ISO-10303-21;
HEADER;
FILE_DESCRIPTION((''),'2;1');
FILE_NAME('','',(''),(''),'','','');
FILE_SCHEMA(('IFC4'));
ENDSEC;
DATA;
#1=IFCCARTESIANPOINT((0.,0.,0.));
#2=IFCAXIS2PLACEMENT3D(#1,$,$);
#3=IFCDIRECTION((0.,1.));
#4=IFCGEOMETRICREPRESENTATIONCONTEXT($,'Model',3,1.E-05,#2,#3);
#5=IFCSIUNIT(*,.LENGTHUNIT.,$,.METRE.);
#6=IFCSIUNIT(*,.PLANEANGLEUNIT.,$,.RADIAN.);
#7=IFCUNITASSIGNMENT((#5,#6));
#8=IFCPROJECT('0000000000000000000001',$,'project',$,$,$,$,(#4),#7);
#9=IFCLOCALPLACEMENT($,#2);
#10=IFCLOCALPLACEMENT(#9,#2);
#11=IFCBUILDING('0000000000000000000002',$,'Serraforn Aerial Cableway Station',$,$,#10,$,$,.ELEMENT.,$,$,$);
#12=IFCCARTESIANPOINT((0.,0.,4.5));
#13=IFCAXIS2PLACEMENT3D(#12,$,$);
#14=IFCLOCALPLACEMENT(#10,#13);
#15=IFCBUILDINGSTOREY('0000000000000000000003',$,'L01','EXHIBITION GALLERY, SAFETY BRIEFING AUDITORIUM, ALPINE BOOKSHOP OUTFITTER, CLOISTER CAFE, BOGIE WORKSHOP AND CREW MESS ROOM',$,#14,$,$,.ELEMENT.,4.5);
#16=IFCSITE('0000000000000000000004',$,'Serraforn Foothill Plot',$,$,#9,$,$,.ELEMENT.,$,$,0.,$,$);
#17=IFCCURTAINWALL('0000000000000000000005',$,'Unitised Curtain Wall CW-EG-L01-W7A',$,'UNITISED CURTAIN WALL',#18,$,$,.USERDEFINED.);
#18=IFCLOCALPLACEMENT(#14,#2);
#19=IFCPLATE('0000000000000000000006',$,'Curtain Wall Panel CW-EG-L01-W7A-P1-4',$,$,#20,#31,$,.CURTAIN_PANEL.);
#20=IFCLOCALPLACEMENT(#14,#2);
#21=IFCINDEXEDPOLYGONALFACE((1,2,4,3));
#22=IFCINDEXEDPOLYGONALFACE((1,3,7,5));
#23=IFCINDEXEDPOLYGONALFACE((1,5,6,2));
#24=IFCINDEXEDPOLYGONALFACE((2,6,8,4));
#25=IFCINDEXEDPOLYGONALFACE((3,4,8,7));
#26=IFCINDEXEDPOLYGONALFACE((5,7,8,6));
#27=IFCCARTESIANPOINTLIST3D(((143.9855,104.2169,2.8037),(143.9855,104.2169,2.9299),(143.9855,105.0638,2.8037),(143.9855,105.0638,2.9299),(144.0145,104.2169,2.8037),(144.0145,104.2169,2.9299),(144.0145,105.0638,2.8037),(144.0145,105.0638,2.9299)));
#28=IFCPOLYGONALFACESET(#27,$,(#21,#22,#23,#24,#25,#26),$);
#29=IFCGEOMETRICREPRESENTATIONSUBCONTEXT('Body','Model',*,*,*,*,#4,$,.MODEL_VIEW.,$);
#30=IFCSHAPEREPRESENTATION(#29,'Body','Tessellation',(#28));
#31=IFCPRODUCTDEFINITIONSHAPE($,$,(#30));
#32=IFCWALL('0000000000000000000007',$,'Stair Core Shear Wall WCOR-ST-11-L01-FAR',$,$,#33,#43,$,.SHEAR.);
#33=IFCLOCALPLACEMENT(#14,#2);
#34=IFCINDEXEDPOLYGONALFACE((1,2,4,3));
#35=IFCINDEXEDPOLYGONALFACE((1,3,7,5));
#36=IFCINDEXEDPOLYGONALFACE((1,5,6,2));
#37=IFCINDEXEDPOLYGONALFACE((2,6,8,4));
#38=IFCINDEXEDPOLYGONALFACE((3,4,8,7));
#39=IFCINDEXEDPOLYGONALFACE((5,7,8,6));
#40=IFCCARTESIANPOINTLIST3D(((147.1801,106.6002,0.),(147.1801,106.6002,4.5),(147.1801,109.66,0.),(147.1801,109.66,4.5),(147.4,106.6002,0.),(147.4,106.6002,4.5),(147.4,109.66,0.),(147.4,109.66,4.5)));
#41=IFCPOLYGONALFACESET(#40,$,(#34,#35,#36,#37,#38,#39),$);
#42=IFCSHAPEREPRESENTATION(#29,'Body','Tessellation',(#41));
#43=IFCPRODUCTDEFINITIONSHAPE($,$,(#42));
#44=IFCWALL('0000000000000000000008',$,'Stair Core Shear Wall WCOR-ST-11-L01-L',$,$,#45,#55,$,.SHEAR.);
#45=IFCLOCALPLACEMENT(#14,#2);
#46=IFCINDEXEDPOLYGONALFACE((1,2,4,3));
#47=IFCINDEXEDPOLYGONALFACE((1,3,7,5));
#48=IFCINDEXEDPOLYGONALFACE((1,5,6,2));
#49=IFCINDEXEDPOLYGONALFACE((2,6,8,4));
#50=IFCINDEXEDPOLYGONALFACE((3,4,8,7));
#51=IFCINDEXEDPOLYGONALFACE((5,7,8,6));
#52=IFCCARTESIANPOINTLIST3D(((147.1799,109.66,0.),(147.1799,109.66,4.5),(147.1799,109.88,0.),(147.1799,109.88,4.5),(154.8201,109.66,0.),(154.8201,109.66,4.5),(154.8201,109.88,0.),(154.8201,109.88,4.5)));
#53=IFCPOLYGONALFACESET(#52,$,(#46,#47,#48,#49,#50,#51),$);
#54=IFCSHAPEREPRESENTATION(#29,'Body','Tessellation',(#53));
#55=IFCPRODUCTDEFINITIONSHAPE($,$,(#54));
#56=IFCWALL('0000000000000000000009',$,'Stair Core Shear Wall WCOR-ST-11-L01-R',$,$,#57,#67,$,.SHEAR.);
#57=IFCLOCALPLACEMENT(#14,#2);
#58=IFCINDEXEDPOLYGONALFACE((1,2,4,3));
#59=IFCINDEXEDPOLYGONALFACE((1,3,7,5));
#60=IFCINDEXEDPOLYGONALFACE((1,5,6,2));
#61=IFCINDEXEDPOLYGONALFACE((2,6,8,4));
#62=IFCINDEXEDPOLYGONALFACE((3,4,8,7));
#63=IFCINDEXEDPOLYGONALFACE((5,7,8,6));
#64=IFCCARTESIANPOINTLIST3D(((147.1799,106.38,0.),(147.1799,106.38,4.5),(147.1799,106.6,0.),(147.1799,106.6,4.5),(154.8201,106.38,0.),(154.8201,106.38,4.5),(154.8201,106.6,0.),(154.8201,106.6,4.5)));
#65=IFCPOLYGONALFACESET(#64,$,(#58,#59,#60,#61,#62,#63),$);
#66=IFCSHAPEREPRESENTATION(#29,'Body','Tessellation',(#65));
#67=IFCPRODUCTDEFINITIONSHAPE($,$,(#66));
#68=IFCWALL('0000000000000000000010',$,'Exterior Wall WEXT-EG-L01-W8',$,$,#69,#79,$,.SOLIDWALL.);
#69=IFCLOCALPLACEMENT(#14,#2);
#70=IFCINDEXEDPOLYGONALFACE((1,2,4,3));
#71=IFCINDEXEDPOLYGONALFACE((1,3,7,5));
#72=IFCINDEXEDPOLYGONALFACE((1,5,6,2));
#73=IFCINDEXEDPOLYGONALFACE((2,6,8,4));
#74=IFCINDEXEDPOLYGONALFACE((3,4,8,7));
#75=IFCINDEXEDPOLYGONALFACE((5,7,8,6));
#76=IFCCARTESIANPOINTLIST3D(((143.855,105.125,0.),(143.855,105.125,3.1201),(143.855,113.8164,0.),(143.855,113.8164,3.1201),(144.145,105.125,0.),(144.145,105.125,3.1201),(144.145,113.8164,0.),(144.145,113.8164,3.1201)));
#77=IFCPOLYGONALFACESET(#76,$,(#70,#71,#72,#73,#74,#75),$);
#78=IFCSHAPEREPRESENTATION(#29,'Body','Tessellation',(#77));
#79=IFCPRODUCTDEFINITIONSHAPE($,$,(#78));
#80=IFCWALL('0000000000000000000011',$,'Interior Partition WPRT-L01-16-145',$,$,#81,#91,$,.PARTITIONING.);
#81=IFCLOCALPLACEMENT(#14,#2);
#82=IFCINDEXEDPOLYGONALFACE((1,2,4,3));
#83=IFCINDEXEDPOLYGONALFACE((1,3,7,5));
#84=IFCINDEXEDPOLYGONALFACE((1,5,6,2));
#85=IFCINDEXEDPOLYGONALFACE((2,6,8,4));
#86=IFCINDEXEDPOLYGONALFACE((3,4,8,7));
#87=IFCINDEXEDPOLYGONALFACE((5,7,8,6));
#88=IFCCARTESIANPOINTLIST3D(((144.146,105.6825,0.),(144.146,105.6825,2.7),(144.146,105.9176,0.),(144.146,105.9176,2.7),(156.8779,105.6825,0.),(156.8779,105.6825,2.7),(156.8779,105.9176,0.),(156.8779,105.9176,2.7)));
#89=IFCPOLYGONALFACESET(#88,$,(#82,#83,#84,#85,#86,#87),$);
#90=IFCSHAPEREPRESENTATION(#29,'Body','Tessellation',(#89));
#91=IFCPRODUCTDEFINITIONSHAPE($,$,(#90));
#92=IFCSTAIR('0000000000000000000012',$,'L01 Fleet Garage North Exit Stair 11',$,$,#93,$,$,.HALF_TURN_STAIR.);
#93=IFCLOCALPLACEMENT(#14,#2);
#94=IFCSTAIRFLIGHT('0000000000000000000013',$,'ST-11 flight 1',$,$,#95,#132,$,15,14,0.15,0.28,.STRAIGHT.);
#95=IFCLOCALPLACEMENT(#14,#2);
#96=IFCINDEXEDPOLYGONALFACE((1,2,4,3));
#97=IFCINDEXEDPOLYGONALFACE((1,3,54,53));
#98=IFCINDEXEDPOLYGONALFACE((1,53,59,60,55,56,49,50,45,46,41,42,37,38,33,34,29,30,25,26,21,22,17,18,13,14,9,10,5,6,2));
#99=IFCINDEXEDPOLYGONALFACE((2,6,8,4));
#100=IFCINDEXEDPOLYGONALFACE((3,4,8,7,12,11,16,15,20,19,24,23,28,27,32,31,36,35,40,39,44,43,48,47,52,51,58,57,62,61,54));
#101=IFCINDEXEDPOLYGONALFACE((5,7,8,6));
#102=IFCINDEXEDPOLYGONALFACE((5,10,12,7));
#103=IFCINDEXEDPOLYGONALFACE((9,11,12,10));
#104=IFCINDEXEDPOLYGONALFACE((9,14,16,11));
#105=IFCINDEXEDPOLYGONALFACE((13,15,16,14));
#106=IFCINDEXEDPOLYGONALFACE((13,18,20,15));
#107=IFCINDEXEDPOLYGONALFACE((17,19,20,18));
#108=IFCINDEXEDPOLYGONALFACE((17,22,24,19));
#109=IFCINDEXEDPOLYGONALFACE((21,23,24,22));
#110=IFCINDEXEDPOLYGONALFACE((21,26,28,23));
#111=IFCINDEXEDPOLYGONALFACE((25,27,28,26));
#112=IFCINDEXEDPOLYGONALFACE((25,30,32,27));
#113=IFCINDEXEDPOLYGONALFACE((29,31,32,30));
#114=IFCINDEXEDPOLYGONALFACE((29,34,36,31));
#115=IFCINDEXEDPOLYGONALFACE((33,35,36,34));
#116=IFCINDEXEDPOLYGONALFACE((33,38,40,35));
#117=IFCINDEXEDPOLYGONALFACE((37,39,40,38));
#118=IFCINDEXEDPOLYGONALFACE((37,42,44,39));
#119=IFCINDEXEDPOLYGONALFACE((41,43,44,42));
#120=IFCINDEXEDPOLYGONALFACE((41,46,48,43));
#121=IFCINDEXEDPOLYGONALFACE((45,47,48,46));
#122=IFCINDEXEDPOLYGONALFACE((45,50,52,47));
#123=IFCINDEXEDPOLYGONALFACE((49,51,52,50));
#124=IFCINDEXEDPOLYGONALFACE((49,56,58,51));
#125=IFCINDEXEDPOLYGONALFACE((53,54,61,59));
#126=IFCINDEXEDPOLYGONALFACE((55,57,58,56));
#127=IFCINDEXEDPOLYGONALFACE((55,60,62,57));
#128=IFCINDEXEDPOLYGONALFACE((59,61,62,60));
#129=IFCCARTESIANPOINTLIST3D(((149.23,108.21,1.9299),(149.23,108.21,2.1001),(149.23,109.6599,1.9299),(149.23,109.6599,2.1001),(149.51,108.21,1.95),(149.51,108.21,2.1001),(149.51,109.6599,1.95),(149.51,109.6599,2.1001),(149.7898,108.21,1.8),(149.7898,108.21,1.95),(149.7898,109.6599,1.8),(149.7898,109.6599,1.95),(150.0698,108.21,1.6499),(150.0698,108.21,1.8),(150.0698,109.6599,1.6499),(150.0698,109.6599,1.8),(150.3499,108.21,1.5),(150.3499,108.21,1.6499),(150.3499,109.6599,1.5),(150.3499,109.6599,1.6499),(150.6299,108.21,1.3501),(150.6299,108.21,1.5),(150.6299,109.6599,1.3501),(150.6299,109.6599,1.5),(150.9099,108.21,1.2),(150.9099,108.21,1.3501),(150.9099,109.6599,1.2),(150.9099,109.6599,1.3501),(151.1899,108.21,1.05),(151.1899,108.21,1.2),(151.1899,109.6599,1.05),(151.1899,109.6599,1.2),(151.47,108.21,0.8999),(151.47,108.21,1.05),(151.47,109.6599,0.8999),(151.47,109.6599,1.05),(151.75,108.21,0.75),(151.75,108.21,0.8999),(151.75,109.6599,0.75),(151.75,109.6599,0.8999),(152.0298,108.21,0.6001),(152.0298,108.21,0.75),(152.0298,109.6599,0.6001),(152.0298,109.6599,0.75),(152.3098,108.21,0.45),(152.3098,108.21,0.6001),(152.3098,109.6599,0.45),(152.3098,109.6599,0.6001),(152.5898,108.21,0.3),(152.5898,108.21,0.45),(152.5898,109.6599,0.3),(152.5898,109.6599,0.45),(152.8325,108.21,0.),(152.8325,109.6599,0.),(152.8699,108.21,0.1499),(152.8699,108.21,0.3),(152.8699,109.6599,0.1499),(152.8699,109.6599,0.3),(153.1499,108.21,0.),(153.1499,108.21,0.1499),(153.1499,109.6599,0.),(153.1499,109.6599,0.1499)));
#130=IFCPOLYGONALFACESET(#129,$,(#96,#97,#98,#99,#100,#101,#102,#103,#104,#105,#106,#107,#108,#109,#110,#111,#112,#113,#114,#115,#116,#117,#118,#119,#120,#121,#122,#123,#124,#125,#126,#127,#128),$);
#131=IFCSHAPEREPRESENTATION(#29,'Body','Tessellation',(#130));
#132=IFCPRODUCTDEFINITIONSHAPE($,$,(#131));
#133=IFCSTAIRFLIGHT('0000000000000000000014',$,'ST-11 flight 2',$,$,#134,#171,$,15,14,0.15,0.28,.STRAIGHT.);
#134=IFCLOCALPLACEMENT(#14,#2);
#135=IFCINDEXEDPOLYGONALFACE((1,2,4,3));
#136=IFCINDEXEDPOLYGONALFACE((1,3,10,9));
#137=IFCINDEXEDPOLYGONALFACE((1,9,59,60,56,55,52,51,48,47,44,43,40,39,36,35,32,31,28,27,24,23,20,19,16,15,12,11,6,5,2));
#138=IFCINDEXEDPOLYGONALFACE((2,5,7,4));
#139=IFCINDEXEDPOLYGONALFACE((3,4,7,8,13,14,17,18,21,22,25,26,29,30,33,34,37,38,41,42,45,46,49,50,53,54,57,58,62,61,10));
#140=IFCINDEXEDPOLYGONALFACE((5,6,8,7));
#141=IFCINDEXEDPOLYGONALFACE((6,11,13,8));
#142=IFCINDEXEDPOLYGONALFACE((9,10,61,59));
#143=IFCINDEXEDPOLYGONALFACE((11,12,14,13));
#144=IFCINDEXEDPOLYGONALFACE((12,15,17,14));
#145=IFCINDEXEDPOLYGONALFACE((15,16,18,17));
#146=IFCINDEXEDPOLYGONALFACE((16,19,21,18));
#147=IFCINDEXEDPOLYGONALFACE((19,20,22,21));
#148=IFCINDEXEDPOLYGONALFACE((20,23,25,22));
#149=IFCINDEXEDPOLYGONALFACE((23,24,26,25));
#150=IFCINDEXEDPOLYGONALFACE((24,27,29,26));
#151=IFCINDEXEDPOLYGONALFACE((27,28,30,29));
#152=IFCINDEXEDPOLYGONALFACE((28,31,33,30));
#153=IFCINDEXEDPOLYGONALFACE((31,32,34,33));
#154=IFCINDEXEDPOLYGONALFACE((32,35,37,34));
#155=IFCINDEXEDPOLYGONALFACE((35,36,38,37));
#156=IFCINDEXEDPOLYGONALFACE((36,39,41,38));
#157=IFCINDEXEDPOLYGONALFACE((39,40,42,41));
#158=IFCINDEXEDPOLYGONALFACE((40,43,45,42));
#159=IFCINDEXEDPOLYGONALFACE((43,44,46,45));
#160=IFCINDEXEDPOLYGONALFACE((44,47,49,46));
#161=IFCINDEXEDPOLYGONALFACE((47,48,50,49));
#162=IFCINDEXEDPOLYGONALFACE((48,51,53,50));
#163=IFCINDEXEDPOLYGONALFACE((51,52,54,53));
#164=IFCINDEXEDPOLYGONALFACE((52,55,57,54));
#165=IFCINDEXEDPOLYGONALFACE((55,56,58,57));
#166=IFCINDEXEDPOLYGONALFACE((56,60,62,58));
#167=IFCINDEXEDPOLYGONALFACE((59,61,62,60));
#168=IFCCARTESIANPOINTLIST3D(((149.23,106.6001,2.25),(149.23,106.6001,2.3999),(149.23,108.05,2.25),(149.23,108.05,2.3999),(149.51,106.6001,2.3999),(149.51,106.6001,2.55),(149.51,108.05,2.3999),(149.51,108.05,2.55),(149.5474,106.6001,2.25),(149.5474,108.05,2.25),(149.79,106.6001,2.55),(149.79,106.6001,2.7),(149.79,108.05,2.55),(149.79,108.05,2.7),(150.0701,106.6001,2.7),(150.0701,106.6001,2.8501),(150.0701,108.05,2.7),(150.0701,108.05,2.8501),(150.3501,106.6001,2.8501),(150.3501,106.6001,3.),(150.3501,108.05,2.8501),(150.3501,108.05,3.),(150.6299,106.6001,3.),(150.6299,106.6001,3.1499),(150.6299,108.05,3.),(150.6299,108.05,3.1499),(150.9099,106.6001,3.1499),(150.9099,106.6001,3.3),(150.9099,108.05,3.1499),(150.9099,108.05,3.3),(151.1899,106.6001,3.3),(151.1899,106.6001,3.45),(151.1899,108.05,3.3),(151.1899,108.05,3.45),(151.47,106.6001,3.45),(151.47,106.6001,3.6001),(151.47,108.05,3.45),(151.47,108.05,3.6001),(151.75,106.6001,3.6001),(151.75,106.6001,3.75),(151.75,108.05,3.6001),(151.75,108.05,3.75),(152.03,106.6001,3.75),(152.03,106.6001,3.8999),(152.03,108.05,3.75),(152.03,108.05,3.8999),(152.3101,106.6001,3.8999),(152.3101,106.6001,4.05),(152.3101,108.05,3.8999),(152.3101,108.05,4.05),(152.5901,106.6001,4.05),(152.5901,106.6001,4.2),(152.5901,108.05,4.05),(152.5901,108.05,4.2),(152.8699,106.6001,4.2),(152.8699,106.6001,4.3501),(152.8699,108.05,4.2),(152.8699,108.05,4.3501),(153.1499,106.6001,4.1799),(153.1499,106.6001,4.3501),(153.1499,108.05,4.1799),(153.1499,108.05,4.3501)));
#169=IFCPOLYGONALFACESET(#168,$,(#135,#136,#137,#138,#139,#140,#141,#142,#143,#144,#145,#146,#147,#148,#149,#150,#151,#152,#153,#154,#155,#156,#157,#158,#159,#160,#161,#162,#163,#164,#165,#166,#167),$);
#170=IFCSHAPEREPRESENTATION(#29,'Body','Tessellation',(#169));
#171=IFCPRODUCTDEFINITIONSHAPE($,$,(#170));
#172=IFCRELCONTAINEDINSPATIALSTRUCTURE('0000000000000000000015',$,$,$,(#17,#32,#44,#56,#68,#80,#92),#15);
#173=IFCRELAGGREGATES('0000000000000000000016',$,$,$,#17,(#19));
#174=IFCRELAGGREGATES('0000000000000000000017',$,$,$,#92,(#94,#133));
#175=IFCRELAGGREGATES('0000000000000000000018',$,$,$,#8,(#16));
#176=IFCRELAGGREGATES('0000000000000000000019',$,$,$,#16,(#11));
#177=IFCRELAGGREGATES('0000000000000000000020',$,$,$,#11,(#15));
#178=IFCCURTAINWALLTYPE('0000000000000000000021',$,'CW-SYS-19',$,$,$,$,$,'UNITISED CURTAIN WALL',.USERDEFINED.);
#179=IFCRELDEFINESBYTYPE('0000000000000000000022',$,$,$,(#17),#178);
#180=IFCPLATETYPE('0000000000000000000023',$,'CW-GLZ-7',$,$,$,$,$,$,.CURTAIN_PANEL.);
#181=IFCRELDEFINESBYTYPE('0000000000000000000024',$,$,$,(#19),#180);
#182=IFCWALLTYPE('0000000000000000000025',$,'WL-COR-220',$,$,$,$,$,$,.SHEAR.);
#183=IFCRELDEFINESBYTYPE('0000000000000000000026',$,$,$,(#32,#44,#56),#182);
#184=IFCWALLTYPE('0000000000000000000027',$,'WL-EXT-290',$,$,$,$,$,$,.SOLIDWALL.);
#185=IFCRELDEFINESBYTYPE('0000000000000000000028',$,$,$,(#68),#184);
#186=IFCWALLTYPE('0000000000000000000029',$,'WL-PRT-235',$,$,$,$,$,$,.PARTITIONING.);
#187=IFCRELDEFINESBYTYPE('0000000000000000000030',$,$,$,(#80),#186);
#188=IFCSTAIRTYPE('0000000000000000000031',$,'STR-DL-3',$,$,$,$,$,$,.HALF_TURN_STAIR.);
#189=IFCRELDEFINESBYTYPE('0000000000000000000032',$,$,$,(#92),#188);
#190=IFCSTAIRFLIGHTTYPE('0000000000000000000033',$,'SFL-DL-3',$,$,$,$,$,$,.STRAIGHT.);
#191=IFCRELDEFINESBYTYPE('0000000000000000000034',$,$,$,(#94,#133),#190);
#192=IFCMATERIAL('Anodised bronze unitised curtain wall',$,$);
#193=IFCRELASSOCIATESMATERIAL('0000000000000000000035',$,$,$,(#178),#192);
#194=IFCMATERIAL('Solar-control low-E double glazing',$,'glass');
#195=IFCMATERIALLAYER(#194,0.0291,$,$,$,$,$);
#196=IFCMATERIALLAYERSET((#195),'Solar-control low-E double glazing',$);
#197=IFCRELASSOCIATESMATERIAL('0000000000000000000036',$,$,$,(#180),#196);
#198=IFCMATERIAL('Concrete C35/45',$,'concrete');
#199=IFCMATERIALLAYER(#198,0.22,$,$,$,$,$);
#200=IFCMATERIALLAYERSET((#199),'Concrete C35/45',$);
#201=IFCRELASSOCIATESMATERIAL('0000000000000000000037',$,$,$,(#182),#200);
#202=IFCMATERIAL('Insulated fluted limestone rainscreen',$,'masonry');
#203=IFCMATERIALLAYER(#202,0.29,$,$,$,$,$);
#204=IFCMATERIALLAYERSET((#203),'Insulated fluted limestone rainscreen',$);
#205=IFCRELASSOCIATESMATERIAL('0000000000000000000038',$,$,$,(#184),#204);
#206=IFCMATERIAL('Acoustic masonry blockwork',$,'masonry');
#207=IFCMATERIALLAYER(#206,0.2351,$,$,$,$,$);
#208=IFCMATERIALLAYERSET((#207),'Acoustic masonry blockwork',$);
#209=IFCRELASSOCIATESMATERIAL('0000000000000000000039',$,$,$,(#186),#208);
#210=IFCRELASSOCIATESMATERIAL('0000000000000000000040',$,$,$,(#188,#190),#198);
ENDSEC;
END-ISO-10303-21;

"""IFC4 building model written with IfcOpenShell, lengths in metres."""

from ifc_helpers import new_model, si_unit, direction, frame, frame_2d, origin, origin_2d, place, context, subcontext, project, spatial, polyline, rectangle, outline, extrude, material, layer, layer_set, type_object, element, aggregate, save


model = new_model("IFC4")

# Units and contexts
model_context = context("Model", 3, precision=1e-05, world=origin(), true_north=direction((0.0, 1.0)))
body_context = subcontext(model_context, "Body", "Model", "MODEL_VIEW")
ifc_project = project(units=[si_unit("LENGTHUNIT", "METRE"), si_unit("PLANEANGLEUNIT", "RADIAN")], contexts=[model_context])

# Site, building, storey
site_placement = place(None, origin())
site = spatial("IfcSite", under=ifc_project, at=site_placement, Name="Serraforn Foothill Plot", CompositionType="ELEMENT", RefElevation=0.0)
building_placement = place(site_placement, origin())
building = spatial("IfcBuilding", under=site, at=building_placement, Name="Serraforn Aerial Cableway Station", CompositionType="ELEMENT")
storey_placement = place(building_placement, frame((0.0, 0.0, 4.5)))
storey = spatial("IfcBuildingStorey", under=building, at=storey_placement, Name="L01", Description="EXHIBITION GALLERY, SAFETY BRIEFING AUDITORIUM, ALPINE BOOKSHOP OUTFITTER, CLOISTER CAFE, BOGIE WORKSHOP AND CREW MESS ROOM", CompositionType="ELEMENT", Elevation=4.5)

# Shared definitions
ifc_material_1 = material(Name="Concrete C35/45", Category="concrete")

# Curtain wall, plate
ifc_material_2 = material(Name="Anodised bronze unitised curtain wall")
curtain_wall_type = type_object("IfcCurtainWallType", Name="CW-SYS-19", ElementType="UNITISED CURTAIN WALL", PredefinedType="USERDEFINED", material=ifc_material_2)
curtain_wall_placement = place(storey_placement, origin())
curtain_wall = element("IfcCurtainWall", 1, at=curtain_wall_placement, inside=storey, type_object=curtain_wall_type, Name="Unitised Curtain Wall CW-EG-L01-W7A", ObjectType="UNITISED CURTAIN WALL", PredefinedType="USERDEFINED")
ifc_material_3 = material(Name="Solar-control low-E double glazing", Category="glass")
ifc_layer_1 = layer(ifc_material_3, 0.0291)
ifc_layer_set_1 = layer_set([ifc_layer_1], Name="Solar-control low-E double glazing")
plate_type_1 = type_object("IfcPlateType", Name="CW-GLZ-7", PredefinedType="CURTAIN_PANEL", material=ifc_layer_set_1)
plate_1_placement = place(storey_placement, frame((144.0, 104.6404, 2.8037), z_axis=(0.0, 0.0, 1.0), x_axis=(1.0, 0.0, 0.0)))
plate_1 = element("IfcPlate", 2, at=plate_1_placement, type_object=plate_type_1, Name="Curtain Wall Panel CW-EG-L01-W7A-P1-4", PredefinedType="CURTAIN_PANEL", context=body_context, shape_type="SweptSolid", body=[
    extrude(rectangle(XDim=0.0291, YDim=0.8469, at=origin_2d()), origin(), (0.0, 0.0, 1.0), 0.1262),
])
aggregate(curtain_wall, [plate_1])

# Shared definitions
ifc_layer_2 = layer(ifc_material_1, 0.22)
ifc_layer_set_2 = layer_set([ifc_layer_2], Name="Concrete C35/45")
wall_type_1 = type_object("IfcWallType", Name="WL-COR-220", PredefinedType="SHEAR", material=ifc_layer_set_2)

# Walls
wall_1_placement = place(storey_placement, frame((147.29, 109.6599, 0.0), z_axis=(0.0, 0.0, 1.0), x_axis=(0.0, -1.0, 0.0)))
element("IfcWall", 3, at=wall_1_placement, inside=storey, type_object=wall_type_1, Name="Stair Core Shear Wall WCOR-ST-11-L01-FAR", PredefinedType="SHEAR", context=body_context, shape_type="SweptSolid", body=[
    extrude(rectangle(XDim=3.0598, YDim=0.22, at=frame_2d((1.5298, 0.0))), origin(), (0.0, 0.0, 1.0), 4.5),
])
for number, where, z_axis, x_axis, name in (
    (4, (154.8201, 109.77, 0.0), (0.0, 0.0, 1.0), (-1.0, 0.0, 0.0), "Stair Core Shear Wall WCOR-ST-11-L01-L"),
    (5, (154.8201, 106.49, 0.0), (0.0, 0.0, 1.0), (-1.0, 0.0, 0.0), "Stair Core Shear Wall WCOR-ST-11-L01-R"),
):
    element("IfcWall", number, at=place(storey_placement, frame(where, z_axis=z_axis, x_axis=x_axis)), inside=storey, type_object=wall_type_1, Name=name, PredefinedType="SHEAR", context=body_context, shape_type="SweptSolid", body=[
        extrude(rectangle(XDim=7.6401, YDim=0.22, at=frame_2d((3.8201, 0.0))), origin(), (0.0, 0.0, 1.0), 4.5),
    ])
ifc_material_4 = material(Name="Insulated fluted limestone rainscreen", Category="masonry")
ifc_layer_3 = layer(ifc_material_4, 0.29)
ifc_layer_set_3 = layer_set([ifc_layer_3], Name="Insulated fluted limestone rainscreen")
wall_type_2 = type_object("IfcWallType", Name="WL-EXT-290", PredefinedType="SOLIDWALL", material=ifc_layer_set_3)
wall_2_placement = place(storey_placement, frame((144.0, 113.8164, 0.0), z_axis=(0.0, 0.0, 1.0), x_axis=(0.0, -1.0, 0.0)))
element("IfcWall", 6, at=wall_2_placement, inside=storey, type_object=wall_type_2, Name="Exterior Wall WEXT-EG-L01-W8", PredefinedType="SOLIDWALL", context=body_context, shape_type="SweptSolid", body=[
    extrude(rectangle(XDim=8.6914, YDim=0.29, at=frame_2d((4.3457, 0.0))), origin(), (0.0, 0.0, 1.0), 3.1201),
])
ifc_material_5 = material(Name="Acoustic masonry blockwork", Category="masonry")
ifc_layer_4 = layer(ifc_material_5, 0.2351)
ifc_layer_set_4 = layer_set([ifc_layer_4], Name="Acoustic masonry blockwork")
wall_type_3 = type_object("IfcWallType", Name="WL-PRT-235", PredefinedType="PARTITIONING", material=ifc_layer_set_4)
wall_3_placement = place(storey_placement, frame((144.146, 105.8, 0.0), z_axis=(0.0, 0.0, 1.0), x_axis=(1.0, 0.0, 0.0)))
element("IfcWall", 7, at=wall_3_placement, inside=storey, type_object=wall_type_3, Name="Interior Partition WPRT-L01-16-145", PredefinedType="PARTITIONING", context=body_context, shape_type="SweptSolid", body=[
    extrude(rectangle(XDim=12.7319, YDim=0.2351, at=frame_2d((6.366, 0.0))), origin(), (0.0, 0.0, 1.0), 2.7),
])

# Stair, stair flights
stair_type = type_object("IfcStairType", Name="STR-DL-3", PredefinedType="HALF_TURN_STAIR", material=ifc_material_1)
stair_placement = place(storey_placement, origin())
stair = element("IfcStair", 8, at=stair_placement, inside=storey, type_object=stair_type, Name="L01 Fleet Garage North Exit Stair 11", PredefinedType="HALF_TURN_STAIR")
stair_flight_type = type_object("IfcStairFlightType", Name="SFL-DL-3", PredefinedType="STRAIGHT", material=ifc_material_1)
stair_flight_1_placement = place(storey_placement, frame((153.1499, 108.9351, 0.0), z_axis=(0.0, 0.0, 1.0), x_axis=(-1.0, 0.0, 0.0)))
stair_flight_1 = element("IfcStairFlight", 9, at=stair_flight_1_placement, type_object=stair_flight_type, Name="ST-11 flight 1", NumberOfRisers=15, NumberOfTreads=14, PredefinedType="STRAIGHT", RiserHeight=0.15, TreadLength=0.28, context=body_context, shape_type="SweptSolid", body=[
    extrude(outline(polyline([(0.0, 0.0), (0.0, 0.1499), (0.28, 0.1499), (0.28, 0.3), (0.5601, 0.3), (0.5601, 0.45), (0.8401, 0.45), (0.8401, 0.6001), (1.1201, 0.6001), (1.1201, 0.75), (1.3999, 0.75), (1.3999, 0.8999), (1.6799, 0.8999), (1.6799, 1.05), (1.96, 1.05), (1.96, 1.2), (2.24, 1.2), (2.24, 1.3501), (2.52, 1.3501), (2.52, 1.5), (2.8, 1.5), (2.8, 1.6499), (3.0801, 1.6499), (3.0801, 1.8), (3.3601, 1.8), (3.3601, 1.95), (3.6399, 1.95), (3.6399, 2.1001), (3.9199, 2.1001), (3.9199, 2.25), (3.9199, 1.9299), (0.3174, 0.0), (0.0, 0.0)])), frame((0.0, 0.7251, 0.0), z_axis=(0.0, -1.0, 0.0), x_axis=(1.0, 0.0, 0.0)), (0.0, 0.0, 1.0), 1.45),
])
stair_flight_2_placement = place(storey_placement, frame((149.23, 107.325, 2.25), z_axis=(0.0, 0.0, 1.0), x_axis=(1.0, 0.0, 0.0)))
stair_flight_2 = element("IfcStairFlight", 10, at=stair_flight_2_placement, type_object=stair_flight_type, Name="ST-11 flight 2", NumberOfRisers=15, NumberOfTreads=14, PredefinedType="STRAIGHT", RiserHeight=0.15, TreadLength=0.28, context=body_context, shape_type="SweptSolid", body=[
    extrude(outline(polyline([(0.0, 0.0), (0.0, 0.1499), (0.28, 0.1499), (0.28, 0.3), (0.5601, 0.3), (0.5601, 0.45), (0.8401, 0.45), (0.8401, 0.6001), (1.1201, 0.6001), (1.1201, 0.75), (1.3999, 0.75), (1.3999, 0.8999), (1.6799, 0.8999), (1.6799, 1.05), (1.96, 1.05), (1.96, 1.2), (2.24, 1.2), (2.24, 1.3501), (2.52, 1.3501), (2.52, 1.5), (2.8, 1.5), (2.8, 1.6499), (3.0801, 1.6499), (3.0801, 1.8), (3.3601, 1.8), (3.3601, 1.95), (3.6399, 1.95), (3.6399, 2.1001), (3.9199, 2.1001), (3.9199, 2.25), (3.9199, 1.9299), (0.3174, 0.0), (0.0, 0.0)])), frame((0.0, 0.7251, 0.0), z_axis=(0.0, -1.0, 0.0), x_axis=(1.0, 0.0, 0.0)), (0.0, 0.0, 1.0), 1.45),
])
aggregate(stair, [stair_flight_1, stair_flight_2])

save(model, "model.ifc")
